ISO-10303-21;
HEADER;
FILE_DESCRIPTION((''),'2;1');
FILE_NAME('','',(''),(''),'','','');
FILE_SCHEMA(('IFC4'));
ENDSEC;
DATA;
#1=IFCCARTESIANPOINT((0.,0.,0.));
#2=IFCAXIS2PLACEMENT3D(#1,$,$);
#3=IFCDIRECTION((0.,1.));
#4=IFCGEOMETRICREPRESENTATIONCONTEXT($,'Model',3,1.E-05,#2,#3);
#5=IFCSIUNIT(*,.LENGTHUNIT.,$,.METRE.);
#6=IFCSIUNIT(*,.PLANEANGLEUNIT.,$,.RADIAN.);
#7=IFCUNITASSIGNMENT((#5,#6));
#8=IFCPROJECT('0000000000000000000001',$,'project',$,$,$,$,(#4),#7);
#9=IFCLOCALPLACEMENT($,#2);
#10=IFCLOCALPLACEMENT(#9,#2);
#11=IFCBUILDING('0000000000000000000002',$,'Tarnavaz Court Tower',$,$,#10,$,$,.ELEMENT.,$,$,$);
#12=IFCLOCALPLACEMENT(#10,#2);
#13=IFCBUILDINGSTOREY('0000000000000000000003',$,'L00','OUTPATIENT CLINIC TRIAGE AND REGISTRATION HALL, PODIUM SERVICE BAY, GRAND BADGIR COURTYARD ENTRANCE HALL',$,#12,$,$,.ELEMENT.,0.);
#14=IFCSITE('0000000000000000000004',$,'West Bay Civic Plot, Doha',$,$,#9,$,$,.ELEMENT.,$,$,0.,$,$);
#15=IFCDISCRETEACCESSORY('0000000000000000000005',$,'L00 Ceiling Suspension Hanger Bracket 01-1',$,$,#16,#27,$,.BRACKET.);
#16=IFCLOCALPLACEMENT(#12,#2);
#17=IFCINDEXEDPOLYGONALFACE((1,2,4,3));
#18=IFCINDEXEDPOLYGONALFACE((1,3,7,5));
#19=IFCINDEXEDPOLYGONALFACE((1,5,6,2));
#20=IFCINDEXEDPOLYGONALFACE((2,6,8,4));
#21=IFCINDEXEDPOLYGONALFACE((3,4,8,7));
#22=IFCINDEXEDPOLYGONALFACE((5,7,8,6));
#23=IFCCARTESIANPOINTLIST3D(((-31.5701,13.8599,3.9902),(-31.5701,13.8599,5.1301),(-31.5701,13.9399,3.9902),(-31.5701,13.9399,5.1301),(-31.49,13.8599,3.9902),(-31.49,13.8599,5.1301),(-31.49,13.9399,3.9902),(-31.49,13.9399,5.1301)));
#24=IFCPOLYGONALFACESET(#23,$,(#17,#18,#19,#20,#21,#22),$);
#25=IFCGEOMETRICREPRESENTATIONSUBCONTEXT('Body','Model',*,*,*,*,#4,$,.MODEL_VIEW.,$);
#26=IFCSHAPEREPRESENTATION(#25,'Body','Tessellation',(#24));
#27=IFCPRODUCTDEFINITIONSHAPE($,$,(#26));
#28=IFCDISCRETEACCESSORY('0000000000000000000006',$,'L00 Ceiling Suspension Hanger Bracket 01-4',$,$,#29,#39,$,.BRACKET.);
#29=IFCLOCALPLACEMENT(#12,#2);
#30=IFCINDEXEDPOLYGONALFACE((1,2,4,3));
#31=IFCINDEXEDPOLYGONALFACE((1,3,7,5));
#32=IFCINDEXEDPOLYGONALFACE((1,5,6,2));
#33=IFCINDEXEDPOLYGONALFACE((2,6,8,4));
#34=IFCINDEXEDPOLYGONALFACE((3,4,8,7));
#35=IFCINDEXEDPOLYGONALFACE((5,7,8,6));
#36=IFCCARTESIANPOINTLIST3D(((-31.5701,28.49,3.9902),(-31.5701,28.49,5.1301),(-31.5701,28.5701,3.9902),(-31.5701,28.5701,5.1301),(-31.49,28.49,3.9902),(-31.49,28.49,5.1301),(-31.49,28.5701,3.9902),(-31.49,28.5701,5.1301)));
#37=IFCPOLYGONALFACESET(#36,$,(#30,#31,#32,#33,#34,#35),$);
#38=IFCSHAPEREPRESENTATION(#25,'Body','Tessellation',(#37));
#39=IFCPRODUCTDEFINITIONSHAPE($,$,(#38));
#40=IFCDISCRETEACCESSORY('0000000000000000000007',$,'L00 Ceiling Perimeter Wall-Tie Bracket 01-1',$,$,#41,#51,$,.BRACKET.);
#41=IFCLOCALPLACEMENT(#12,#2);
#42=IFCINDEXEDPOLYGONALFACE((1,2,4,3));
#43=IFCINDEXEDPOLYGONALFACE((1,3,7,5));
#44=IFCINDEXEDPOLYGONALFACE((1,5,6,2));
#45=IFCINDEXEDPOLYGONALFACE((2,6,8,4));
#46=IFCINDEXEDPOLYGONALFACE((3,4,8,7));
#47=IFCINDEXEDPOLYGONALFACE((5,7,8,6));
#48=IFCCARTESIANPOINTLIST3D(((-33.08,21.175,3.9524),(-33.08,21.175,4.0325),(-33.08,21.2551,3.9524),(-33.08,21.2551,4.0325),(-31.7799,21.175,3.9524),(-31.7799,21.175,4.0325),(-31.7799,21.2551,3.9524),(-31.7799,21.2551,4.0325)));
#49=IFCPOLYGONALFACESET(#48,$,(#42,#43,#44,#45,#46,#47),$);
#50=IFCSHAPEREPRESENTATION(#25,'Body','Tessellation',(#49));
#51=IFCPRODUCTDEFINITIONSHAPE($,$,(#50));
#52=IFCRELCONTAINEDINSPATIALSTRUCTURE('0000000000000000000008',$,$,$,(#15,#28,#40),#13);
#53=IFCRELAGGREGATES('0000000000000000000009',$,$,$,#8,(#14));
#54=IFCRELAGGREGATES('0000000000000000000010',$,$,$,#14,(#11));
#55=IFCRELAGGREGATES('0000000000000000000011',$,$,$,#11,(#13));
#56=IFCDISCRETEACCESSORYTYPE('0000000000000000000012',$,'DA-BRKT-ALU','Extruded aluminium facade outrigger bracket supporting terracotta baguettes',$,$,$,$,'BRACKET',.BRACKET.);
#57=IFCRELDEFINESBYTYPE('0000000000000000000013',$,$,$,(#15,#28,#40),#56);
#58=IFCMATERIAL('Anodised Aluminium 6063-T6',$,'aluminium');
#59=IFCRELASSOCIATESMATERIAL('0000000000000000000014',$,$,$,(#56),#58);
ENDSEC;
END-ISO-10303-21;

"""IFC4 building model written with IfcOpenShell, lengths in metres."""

from ifc_helpers import new_model, si_unit, direction, frame, origin, origin_2d, place, context, subcontext, project, spatial, rectangle, extrude, material, type_object, element, save


model = new_model("IFC4")

# Units and contexts
model_context = context("Model", 3, precision=1e-05, world=origin(), true_north=direction((0.0, 1.0)))
body_context = subcontext(model_context, "Body", "Model", "MODEL_VIEW")
ifc_project = project(units=[si_unit("LENGTHUNIT", "METRE"), si_unit("PLANEANGLEUNIT", "RADIAN")], contexts=[model_context])

# Site, building, storey
site_placement = place(None, origin())
site = spatial("IfcSite", under=ifc_project, at=site_placement, Name="West Bay Civic Plot, Doha", CompositionType="ELEMENT", RefElevation=0.0)
building_placement = place(site_placement, origin())
building = spatial("IfcBuilding", under=site, at=building_placement, Name="Tarnavaz Court Tower", CompositionType="ELEMENT")
storey_placement = place(building_placement, origin())
storey = spatial("IfcBuildingStorey", under=building, at=storey_placement, Name="L00", Description="OUTPATIENT CLINIC TRIAGE AND REGISTRATION HALL, PODIUM SERVICE BAY, GRAND BADGIR COURTYARD ENTRANCE HALL", CompositionType="ELEMENT", Elevation=0.0)

# Discrete accessories
ifc_material_1 = material(Name="Anodised Aluminium 6063-T6", Category="aluminium")
discrete_accessory_type = type_object("IfcDiscreteAccessoryType", Name="DA-BRKT-ALU", Description="Extruded aluminium facade outrigger bracket supporting terracotta baguettes", ElementType="BRACKET", PredefinedType="BRACKET", material=ifc_material_1)
for number, where, z_axis, x_axis, name in (
    (1, (-31.53, 13.8999, 3.9902), (0.0, 0.0, 1.0), (1.0, 0.0, 0.0), "L00 Ceiling Suspension Hanger Bracket 01-1"),
    (2, (-31.53, 28.53, 3.9902), (0.0, 0.0, 1.0), (1.0, 0.0, 0.0), "L00 Ceiling Suspension Hanger Bracket 01-4"),
):
    element("IfcDiscreteAccessory", number, at=place(storey_placement, frame(where, z_axis=z_axis, x_axis=x_axis)), inside=storey, type_object=discrete_accessory_type, Name=name, PredefinedType="BRACKET", context=body_context, shape_type="SweptSolid", body=[
        extrude(rectangle(XDim=0.0801, YDim=0.0801, at=origin_2d()), origin(), (0.0, 0.0, 1.0), 1.1399),
    ])
discrete_accessory_placement = place(storey_placement, frame((-32.4299, 21.2151, 3.9524), z_axis=(0.0, 0.0, 1.0), x_axis=(1.0, 0.0, 0.0)))
element("IfcDiscreteAccessory", 3, at=discrete_accessory_placement, inside=storey, type_object=discrete_accessory_type, Name="L00 Ceiling Perimeter Wall-Tie Bracket 01-1", PredefinedType="BRACKET", context=body_context, shape_type="SweptSolid", body=[
    extrude(rectangle(XDim=1.3, YDim=0.0801, at=origin_2d()), origin(), (0.0, 0.0, 1.0), 0.0801),
])

save(model, "model.ifc")
